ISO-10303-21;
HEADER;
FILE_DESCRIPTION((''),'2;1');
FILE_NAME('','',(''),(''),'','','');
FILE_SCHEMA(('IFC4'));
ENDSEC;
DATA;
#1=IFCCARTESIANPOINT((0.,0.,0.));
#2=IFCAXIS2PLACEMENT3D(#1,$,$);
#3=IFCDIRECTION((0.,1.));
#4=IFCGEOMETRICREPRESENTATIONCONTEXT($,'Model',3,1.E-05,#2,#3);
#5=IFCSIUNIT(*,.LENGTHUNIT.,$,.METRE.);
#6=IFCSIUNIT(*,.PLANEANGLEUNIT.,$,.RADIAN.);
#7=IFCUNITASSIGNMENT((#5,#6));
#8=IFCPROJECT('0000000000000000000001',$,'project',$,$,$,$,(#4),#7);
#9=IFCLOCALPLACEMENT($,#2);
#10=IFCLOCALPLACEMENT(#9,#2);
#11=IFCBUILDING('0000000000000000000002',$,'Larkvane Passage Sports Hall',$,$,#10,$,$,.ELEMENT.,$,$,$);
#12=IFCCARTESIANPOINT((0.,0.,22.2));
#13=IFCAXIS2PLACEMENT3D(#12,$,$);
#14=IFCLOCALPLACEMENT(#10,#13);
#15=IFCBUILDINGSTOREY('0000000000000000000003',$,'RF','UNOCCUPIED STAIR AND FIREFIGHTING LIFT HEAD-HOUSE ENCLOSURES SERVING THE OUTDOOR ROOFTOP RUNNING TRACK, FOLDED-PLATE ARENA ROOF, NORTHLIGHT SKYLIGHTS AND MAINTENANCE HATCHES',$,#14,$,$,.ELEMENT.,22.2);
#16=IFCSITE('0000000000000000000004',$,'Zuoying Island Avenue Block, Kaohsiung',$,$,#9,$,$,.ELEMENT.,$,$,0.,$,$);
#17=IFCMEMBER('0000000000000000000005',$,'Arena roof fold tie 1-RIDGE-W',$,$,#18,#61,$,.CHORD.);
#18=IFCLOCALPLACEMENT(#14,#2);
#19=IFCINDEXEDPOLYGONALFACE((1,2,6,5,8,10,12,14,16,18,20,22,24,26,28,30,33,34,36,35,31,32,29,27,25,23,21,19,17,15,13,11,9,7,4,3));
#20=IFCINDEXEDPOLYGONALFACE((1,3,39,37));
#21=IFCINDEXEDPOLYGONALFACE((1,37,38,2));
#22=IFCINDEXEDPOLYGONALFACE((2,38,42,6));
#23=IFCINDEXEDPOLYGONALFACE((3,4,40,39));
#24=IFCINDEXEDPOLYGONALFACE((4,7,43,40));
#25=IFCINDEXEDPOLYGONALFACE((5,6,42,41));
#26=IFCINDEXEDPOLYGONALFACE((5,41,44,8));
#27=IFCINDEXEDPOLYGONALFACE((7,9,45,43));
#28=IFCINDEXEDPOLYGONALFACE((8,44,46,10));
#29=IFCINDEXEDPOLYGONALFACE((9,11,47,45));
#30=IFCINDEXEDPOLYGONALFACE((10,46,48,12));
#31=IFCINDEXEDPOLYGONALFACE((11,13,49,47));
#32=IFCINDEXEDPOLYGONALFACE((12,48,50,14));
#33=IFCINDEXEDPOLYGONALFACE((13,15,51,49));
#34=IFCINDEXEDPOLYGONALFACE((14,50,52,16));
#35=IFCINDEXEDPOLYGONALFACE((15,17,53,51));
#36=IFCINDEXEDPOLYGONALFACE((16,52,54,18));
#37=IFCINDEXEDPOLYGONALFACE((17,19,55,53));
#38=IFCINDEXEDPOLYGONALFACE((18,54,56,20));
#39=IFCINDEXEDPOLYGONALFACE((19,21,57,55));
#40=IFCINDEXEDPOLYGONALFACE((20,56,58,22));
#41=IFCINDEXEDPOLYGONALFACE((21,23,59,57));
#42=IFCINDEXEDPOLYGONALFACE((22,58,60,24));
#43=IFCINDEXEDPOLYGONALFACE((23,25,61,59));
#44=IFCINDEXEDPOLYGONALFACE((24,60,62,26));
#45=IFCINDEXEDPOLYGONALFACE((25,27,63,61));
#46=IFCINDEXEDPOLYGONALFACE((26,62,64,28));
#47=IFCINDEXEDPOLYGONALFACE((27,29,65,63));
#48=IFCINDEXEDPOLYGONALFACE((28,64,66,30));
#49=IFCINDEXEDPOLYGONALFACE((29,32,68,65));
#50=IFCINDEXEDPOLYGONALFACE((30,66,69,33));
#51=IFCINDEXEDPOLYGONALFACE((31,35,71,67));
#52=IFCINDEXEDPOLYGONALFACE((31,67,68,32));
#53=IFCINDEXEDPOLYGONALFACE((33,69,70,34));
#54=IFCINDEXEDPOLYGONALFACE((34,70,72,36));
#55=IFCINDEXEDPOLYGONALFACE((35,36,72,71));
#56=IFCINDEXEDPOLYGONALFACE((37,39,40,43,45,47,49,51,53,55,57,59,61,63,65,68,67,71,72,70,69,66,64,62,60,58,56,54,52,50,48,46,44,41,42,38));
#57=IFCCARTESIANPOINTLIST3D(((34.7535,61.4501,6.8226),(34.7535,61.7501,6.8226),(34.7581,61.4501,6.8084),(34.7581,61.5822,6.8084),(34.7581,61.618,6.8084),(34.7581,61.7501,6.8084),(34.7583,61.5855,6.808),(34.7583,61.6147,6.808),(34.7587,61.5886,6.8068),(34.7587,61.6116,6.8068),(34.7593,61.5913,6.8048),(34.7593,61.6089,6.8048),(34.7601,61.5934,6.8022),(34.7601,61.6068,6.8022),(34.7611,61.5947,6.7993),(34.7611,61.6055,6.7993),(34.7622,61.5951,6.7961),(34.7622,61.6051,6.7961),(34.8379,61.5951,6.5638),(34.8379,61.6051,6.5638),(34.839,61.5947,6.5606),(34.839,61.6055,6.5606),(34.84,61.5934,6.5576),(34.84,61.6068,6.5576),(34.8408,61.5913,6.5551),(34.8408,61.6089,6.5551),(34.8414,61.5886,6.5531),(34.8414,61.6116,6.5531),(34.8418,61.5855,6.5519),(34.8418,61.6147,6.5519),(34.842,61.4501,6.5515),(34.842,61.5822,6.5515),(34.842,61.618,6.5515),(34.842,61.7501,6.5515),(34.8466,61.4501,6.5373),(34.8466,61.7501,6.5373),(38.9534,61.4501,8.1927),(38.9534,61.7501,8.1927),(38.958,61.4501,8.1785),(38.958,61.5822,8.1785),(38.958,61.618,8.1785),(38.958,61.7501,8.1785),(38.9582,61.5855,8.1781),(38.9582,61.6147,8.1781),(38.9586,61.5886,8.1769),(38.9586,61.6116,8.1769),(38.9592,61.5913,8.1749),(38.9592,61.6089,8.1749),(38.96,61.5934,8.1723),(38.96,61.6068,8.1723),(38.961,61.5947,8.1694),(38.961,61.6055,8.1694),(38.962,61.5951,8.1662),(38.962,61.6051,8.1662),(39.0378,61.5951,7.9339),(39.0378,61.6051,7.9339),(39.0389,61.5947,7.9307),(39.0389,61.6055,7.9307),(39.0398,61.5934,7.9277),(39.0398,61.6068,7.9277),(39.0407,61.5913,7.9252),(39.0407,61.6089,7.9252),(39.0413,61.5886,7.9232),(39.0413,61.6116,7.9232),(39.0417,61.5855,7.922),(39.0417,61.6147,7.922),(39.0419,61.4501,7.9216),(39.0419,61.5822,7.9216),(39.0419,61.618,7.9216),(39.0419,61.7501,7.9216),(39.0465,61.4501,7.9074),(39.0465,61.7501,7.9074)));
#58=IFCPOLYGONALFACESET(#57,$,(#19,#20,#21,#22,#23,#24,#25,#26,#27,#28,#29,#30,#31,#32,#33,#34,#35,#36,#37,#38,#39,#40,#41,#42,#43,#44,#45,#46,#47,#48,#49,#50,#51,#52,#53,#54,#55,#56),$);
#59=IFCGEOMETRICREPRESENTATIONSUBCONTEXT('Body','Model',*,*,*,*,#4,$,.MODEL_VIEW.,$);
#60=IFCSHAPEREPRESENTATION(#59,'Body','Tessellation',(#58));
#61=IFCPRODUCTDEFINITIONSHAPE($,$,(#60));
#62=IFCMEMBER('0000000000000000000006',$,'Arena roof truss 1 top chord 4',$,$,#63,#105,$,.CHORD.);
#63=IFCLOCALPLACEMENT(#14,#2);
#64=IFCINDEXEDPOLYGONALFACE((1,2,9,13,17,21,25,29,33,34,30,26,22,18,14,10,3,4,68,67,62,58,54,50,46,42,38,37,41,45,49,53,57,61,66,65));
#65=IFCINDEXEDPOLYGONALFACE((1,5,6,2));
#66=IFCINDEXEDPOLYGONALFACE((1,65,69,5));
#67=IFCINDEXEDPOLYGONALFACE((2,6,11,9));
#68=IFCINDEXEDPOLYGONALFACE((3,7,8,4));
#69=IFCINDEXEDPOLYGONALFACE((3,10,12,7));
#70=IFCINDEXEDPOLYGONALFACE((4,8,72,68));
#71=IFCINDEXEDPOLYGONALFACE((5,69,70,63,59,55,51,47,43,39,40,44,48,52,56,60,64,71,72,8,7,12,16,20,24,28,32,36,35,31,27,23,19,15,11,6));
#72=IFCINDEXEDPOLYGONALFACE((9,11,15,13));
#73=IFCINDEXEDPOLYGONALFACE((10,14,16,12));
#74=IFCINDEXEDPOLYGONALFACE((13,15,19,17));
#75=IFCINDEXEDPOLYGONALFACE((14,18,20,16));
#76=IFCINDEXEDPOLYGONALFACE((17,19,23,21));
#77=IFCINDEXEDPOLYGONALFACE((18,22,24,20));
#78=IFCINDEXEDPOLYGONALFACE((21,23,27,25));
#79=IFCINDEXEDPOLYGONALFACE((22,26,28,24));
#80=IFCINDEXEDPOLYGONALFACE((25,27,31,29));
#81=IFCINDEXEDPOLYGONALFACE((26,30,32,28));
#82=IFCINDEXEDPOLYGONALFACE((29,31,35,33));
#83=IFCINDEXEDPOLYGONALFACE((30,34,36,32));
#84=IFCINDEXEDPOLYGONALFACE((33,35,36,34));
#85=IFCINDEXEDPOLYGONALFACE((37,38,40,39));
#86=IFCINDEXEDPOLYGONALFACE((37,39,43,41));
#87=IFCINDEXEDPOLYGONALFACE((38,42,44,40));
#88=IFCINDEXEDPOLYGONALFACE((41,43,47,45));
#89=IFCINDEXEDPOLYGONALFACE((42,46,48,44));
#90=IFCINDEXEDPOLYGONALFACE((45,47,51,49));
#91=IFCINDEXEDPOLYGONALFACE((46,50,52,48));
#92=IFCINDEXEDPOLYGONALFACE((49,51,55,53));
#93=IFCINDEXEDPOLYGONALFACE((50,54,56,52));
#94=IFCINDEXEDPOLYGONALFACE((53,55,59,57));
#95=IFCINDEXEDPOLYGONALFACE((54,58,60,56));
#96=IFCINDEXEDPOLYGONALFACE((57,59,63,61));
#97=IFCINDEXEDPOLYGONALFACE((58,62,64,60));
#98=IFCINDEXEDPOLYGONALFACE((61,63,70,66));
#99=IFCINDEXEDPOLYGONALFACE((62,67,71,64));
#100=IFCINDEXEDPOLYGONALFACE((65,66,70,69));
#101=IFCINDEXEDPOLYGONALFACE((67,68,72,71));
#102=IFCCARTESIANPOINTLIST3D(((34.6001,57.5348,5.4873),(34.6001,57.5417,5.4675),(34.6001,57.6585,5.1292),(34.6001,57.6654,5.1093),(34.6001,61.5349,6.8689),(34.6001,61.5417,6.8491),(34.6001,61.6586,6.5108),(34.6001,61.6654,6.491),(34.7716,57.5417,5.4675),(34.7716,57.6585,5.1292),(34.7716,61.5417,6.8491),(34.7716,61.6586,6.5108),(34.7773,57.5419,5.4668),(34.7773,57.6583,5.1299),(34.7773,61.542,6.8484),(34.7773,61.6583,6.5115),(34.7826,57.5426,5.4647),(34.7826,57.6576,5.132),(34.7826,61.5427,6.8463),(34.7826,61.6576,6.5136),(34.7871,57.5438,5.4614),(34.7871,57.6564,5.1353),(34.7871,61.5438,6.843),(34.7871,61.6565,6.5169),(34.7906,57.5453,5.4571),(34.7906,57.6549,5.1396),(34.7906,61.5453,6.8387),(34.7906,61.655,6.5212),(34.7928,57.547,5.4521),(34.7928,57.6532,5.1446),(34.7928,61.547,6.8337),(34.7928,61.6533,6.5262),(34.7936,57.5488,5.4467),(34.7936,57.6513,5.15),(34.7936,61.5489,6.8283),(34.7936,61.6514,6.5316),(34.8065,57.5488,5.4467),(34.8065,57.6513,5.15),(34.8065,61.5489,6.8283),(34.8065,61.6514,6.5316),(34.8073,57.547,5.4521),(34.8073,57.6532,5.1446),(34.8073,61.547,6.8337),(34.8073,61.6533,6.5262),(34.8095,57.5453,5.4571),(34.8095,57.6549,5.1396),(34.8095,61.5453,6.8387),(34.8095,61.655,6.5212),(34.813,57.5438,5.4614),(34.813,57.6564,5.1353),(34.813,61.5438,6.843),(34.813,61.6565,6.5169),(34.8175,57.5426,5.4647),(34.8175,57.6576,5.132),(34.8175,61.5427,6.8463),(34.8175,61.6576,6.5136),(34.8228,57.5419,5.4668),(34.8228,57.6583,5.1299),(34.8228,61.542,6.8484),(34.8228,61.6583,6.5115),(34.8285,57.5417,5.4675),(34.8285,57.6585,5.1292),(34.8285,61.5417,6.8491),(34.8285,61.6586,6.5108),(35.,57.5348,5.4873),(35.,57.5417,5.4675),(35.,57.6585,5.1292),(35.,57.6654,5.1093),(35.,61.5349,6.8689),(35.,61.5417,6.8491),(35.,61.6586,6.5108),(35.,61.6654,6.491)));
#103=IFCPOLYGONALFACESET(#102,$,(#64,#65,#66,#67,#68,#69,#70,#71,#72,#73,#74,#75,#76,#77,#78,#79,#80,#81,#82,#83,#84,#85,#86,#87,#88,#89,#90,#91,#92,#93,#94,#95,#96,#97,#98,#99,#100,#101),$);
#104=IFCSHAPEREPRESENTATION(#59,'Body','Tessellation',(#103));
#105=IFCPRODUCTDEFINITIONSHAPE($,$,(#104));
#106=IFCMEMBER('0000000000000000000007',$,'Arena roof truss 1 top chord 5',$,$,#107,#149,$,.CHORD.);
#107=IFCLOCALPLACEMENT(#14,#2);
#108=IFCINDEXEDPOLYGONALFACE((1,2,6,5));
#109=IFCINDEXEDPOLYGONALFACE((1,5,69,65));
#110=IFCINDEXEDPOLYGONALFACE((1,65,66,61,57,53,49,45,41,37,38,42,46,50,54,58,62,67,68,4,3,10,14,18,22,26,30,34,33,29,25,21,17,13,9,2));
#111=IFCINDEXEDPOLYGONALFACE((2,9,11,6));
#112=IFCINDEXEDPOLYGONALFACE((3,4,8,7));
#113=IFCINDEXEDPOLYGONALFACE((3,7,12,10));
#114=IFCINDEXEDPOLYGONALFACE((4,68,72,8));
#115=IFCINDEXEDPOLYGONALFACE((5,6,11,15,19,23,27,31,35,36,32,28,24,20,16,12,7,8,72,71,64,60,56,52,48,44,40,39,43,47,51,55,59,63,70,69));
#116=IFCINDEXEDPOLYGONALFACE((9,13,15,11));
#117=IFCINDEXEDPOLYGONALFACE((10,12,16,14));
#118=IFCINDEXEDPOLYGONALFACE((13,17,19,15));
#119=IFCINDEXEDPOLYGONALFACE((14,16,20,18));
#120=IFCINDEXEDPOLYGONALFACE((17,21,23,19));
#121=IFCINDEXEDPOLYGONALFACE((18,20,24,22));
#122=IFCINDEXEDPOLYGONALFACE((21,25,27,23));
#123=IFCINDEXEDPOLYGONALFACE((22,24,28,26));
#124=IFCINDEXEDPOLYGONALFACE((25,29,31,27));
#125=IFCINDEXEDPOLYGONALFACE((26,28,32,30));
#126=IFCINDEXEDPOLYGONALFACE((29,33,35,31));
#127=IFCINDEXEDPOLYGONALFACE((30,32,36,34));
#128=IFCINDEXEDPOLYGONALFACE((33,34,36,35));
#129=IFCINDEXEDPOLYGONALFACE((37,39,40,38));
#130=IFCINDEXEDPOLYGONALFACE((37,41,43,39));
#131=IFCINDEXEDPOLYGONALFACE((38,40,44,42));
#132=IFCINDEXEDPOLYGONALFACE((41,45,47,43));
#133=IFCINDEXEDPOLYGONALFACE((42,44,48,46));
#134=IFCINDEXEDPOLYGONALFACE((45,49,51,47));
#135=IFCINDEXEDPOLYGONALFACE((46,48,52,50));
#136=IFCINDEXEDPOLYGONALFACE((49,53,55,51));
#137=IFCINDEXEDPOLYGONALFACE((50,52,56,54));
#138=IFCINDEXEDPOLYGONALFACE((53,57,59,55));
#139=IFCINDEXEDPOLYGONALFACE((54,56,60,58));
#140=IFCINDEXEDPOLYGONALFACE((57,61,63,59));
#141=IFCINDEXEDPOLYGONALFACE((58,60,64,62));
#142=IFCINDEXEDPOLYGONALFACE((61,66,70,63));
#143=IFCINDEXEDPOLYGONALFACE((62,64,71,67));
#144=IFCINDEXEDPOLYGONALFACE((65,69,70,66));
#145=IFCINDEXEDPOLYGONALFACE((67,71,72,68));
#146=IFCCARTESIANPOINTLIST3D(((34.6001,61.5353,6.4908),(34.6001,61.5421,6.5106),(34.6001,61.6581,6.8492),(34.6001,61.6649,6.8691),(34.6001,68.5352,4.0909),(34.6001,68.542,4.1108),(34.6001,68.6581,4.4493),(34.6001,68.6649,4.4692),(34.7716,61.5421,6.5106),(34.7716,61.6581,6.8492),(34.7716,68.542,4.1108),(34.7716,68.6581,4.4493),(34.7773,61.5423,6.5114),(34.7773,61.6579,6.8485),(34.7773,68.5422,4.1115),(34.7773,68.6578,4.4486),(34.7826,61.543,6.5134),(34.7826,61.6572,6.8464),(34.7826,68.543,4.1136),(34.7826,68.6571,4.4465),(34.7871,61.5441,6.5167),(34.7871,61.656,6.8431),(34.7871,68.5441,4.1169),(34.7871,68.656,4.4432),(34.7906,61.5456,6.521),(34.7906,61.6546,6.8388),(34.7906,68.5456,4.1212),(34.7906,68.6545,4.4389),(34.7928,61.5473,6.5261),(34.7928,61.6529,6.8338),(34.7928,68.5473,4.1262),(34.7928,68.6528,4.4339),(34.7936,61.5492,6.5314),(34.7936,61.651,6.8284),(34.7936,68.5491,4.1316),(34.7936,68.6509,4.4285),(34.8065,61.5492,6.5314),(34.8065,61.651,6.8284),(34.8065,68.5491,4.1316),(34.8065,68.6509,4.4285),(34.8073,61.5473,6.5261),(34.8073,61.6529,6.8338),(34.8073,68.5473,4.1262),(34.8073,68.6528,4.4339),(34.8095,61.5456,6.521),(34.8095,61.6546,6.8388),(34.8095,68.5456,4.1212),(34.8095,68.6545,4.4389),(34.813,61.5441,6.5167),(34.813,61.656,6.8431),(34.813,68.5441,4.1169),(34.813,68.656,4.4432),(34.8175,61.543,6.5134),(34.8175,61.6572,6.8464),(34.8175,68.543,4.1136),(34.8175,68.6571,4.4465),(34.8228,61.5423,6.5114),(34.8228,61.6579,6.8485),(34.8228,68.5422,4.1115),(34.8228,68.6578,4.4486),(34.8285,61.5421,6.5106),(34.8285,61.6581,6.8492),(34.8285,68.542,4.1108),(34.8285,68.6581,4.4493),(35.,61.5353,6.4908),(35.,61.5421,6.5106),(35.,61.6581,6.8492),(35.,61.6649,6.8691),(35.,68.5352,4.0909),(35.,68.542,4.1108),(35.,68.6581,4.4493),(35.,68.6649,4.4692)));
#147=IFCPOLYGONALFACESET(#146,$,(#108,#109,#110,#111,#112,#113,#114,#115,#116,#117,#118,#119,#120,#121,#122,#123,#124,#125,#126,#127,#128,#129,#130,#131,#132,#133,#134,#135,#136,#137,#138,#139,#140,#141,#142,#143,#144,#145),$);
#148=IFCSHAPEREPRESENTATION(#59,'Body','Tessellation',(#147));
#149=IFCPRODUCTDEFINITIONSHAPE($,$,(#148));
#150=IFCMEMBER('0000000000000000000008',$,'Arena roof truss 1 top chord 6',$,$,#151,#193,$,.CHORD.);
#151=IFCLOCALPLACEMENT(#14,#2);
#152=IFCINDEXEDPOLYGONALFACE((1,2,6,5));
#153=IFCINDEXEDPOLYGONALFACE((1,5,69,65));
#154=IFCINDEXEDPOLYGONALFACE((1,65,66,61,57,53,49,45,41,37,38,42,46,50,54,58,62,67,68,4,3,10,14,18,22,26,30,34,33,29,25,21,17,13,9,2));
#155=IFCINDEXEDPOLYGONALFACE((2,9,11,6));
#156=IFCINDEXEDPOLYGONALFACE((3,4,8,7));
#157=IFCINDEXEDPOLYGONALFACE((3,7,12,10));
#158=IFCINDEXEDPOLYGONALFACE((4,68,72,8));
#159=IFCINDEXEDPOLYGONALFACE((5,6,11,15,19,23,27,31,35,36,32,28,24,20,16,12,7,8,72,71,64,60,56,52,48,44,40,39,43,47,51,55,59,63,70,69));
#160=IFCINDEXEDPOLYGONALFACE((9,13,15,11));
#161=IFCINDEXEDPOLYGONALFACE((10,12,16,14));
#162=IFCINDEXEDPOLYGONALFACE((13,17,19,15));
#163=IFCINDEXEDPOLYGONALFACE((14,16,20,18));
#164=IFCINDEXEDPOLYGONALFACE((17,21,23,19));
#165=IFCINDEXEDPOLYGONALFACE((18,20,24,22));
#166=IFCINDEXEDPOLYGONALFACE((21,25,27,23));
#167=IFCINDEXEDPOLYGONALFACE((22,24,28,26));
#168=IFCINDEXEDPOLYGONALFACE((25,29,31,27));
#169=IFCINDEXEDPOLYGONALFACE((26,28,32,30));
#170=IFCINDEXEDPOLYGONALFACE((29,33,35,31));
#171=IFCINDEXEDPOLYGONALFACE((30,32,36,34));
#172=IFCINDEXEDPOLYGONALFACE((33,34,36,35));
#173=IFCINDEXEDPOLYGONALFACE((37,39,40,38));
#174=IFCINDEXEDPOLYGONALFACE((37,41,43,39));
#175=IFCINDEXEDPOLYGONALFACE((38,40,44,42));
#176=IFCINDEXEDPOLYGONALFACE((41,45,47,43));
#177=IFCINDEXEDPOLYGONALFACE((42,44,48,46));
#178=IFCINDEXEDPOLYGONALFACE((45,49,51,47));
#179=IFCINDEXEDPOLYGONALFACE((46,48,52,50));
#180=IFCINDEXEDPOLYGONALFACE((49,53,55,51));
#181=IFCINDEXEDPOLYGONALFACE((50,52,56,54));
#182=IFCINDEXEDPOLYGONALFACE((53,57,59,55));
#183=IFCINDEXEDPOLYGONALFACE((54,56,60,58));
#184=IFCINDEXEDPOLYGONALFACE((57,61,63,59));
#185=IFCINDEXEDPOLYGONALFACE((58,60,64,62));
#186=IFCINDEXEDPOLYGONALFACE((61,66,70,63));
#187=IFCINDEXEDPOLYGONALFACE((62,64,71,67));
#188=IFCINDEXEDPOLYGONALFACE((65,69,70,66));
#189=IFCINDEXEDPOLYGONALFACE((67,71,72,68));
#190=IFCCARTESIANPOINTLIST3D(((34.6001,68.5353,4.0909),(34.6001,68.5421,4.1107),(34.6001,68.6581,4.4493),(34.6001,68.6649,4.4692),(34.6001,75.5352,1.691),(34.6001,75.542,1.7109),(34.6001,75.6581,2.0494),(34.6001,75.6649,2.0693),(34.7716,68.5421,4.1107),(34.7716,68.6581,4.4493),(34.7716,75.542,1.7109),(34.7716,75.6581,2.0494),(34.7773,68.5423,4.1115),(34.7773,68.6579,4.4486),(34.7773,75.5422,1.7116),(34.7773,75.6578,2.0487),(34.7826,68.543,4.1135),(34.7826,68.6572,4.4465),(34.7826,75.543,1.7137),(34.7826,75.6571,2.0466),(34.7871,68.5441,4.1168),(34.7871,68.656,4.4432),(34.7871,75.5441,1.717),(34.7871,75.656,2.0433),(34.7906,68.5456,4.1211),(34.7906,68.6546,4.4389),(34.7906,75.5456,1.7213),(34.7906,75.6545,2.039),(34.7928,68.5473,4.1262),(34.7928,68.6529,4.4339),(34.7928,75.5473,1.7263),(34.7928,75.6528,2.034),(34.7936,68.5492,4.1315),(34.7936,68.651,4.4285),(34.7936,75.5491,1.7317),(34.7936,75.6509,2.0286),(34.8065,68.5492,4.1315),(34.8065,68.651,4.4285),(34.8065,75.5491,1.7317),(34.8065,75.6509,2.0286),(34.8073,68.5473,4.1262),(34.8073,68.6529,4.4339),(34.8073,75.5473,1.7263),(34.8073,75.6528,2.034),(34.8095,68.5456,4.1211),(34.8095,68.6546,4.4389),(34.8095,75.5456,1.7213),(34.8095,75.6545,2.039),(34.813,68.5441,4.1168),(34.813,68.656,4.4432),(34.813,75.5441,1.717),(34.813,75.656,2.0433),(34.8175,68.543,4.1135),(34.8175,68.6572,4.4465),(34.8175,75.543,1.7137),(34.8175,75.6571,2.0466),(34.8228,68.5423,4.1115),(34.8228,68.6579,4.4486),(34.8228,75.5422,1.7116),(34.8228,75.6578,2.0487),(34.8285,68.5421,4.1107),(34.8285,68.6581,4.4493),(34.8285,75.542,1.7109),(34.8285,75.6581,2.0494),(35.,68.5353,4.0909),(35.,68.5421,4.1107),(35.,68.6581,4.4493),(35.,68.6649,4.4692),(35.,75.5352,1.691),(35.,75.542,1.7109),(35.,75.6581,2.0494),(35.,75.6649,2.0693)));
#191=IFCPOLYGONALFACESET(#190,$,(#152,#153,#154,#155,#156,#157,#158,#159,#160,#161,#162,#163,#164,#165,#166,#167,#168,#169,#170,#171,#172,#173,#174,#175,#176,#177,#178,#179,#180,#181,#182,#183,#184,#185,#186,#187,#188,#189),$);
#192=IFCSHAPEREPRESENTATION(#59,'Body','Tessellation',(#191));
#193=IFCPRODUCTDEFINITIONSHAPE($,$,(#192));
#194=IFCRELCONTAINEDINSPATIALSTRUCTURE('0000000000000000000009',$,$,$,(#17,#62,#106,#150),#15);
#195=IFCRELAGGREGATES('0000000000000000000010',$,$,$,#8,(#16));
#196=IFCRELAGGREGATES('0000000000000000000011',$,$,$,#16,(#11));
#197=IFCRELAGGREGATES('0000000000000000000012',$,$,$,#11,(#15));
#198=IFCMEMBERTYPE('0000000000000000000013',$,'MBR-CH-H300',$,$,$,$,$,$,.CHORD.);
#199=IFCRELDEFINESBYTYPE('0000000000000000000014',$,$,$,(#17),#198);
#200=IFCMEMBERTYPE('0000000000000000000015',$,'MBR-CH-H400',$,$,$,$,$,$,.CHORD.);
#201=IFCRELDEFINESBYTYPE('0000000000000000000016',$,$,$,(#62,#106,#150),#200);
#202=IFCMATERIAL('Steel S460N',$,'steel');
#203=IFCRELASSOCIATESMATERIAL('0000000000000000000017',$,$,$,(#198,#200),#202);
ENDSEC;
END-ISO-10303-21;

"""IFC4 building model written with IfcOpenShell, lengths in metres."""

from ifc_helpers import new_model, si_unit, direction, frame, origin, origin_2d, place, context, subcontext, project, spatial, i_section, extrude, material, material_profile, profile_set, type_object, element, save


model = new_model("IFC4")

# Units and contexts
model_context = context("Model", 3, precision=1e-05, world=origin(), true_north=direction((0.0, 1.0)))
body_context = subcontext(model_context, "Body", "Model", "MODEL_VIEW")
ifc_project = project(units=[si_unit("LENGTHUNIT", "METRE"), si_unit("PLANEANGLEUNIT", "RADIAN")], contexts=[model_context])

# Site, building, storey
site_placement = place(None, origin())
site = spatial("IfcSite", under=ifc_project, at=site_placement, Name="Zuoying Island Avenue Block, Kaohsiung", CompositionType="ELEMENT", RefElevation=0.0)
building_placement = place(site_placement, origin())
building = spatial("IfcBuilding", under=site, at=building_placement, Name="Larkvane Passage Sports Hall", CompositionType="ELEMENT")
storey_placement = place(building_placement, frame((0.0, 0.0, 22.2)))
storey = spatial("IfcBuildingStorey", under=building, at=storey_placement, Name="RF", Description="UNOCCUPIED STAIR AND FIREFIGHTING LIFT HEAD-HOUSE ENCLOSURES SERVING THE OUTDOOR ROOFTOP RUNNING TRACK, FOLDED-PLATE ARENA ROOF, NORTHLIGHT SKYLIGHTS AND MAINTENANCE HATCHES", CompositionType="ELEMENT", Elevation=22.2)

# Members
ifc_material_1 = material(Name="Steel S460N", Category="steel")
ifc_material_profile_1 = material_profile(ifc_material_1, i_section(OverallWidth=0.3, OverallDepth=0.3, WebThickness=0.01, FlangeThickness=0.0149, FilletRadius=0.0129, at=origin_2d()), Name="H-300x300x10x15")
ifc_profile_set_1 = profile_set([ifc_material_profile_1], Name="Steel S460N")
member_type_1 = type_object("IfcMemberType", Name="MBR-CH-H300", PredefinedType="CHORD", material=ifc_profile_set_1)
member_1_placement = place(storey_placement, frame((34.8, 61.6001, 6.6799), z_axis=(0.950692, 0.0, 0.310137), x_axis=(0.0, 1.0, 0.0)))
element("IfcMember", 1, at=member_1_placement, inside=storey, type_object=member_type_1, Name="Arena roof fold tie 1-RIDGE-W", PredefinedType="CHORD", context=body_context, shape_type="SweptSolid", body=[
    extrude(i_section(OverallWidth=0.3, OverallDepth=0.3, WebThickness=0.01, FlangeThickness=0.0149, FilletRadius=0.0129, at=origin_2d()), origin(), (0.0, 0.0, 1.0), 4.4177),
])
ifc_material_profile_2 = material_profile(ifc_material_1, i_section(OverallWidth=0.3999, OverallDepth=0.3999, WebThickness=0.0129, FlangeThickness=0.021, FilletRadius=0.022, at=origin_2d()), Name="H-400x400x13x21")
ifc_profile_set_2 = profile_set([ifc_material_profile_2], Name="Steel S460N")
member_type_2 = type_object("IfcMemberType", Name="MBR-CH-H400", PredefinedType="CHORD", material=ifc_profile_set_2)
member_2_placement = place(storey_placement, frame((34.8, 57.6001, 5.2983), z_axis=(0.0, 0.945207, 0.326472), x_axis=(-1.0, 0.0, 0.0)))
element("IfcMember", 2, at=member_2_placement, inside=storey, type_object=member_type_2, Name="Arena roof truss 1 top chord 4", PredefinedType="CHORD", context=body_context, shape_type="SweptSolid", body=[
    extrude(i_section(OverallWidth=0.3999, OverallDepth=0.3999, WebThickness=0.0129, FlangeThickness=0.021, FilletRadius=0.022, at=origin_2d()), origin(), (0.0, 0.0, 1.0), 4.2319),
])
for number, where, z_axis, x_axis, name in (
    (3, (34.8, 61.6001, 6.6799), (0.0, 0.94595, -0.324313), (-1.0, 0.0, 0.0), "Arena roof truss 1 top chord 5"),
    (4, (34.8, 68.6001, 4.28), (0.0, 0.94595, -0.324313), (-1.0, 0.0, 0.0), "Arena roof truss 1 top chord 6"),
):
    element("IfcMember", number, at=place(storey_placement, frame(where, z_axis=z_axis, x_axis=x_axis)), inside=storey, type_object=member_type_2, Name=name, PredefinedType="CHORD", context=body_context, shape_type="SweptSolid", body=[
        extrude(i_section(OverallWidth=0.3999, OverallDepth=0.3999, WebThickness=0.0129, FlangeThickness=0.021, FilletRadius=0.022, at=origin_2d()), origin(), (0.0, 0.0, 1.0), 7.3999),
    ])

save(model, "model.ifc")
